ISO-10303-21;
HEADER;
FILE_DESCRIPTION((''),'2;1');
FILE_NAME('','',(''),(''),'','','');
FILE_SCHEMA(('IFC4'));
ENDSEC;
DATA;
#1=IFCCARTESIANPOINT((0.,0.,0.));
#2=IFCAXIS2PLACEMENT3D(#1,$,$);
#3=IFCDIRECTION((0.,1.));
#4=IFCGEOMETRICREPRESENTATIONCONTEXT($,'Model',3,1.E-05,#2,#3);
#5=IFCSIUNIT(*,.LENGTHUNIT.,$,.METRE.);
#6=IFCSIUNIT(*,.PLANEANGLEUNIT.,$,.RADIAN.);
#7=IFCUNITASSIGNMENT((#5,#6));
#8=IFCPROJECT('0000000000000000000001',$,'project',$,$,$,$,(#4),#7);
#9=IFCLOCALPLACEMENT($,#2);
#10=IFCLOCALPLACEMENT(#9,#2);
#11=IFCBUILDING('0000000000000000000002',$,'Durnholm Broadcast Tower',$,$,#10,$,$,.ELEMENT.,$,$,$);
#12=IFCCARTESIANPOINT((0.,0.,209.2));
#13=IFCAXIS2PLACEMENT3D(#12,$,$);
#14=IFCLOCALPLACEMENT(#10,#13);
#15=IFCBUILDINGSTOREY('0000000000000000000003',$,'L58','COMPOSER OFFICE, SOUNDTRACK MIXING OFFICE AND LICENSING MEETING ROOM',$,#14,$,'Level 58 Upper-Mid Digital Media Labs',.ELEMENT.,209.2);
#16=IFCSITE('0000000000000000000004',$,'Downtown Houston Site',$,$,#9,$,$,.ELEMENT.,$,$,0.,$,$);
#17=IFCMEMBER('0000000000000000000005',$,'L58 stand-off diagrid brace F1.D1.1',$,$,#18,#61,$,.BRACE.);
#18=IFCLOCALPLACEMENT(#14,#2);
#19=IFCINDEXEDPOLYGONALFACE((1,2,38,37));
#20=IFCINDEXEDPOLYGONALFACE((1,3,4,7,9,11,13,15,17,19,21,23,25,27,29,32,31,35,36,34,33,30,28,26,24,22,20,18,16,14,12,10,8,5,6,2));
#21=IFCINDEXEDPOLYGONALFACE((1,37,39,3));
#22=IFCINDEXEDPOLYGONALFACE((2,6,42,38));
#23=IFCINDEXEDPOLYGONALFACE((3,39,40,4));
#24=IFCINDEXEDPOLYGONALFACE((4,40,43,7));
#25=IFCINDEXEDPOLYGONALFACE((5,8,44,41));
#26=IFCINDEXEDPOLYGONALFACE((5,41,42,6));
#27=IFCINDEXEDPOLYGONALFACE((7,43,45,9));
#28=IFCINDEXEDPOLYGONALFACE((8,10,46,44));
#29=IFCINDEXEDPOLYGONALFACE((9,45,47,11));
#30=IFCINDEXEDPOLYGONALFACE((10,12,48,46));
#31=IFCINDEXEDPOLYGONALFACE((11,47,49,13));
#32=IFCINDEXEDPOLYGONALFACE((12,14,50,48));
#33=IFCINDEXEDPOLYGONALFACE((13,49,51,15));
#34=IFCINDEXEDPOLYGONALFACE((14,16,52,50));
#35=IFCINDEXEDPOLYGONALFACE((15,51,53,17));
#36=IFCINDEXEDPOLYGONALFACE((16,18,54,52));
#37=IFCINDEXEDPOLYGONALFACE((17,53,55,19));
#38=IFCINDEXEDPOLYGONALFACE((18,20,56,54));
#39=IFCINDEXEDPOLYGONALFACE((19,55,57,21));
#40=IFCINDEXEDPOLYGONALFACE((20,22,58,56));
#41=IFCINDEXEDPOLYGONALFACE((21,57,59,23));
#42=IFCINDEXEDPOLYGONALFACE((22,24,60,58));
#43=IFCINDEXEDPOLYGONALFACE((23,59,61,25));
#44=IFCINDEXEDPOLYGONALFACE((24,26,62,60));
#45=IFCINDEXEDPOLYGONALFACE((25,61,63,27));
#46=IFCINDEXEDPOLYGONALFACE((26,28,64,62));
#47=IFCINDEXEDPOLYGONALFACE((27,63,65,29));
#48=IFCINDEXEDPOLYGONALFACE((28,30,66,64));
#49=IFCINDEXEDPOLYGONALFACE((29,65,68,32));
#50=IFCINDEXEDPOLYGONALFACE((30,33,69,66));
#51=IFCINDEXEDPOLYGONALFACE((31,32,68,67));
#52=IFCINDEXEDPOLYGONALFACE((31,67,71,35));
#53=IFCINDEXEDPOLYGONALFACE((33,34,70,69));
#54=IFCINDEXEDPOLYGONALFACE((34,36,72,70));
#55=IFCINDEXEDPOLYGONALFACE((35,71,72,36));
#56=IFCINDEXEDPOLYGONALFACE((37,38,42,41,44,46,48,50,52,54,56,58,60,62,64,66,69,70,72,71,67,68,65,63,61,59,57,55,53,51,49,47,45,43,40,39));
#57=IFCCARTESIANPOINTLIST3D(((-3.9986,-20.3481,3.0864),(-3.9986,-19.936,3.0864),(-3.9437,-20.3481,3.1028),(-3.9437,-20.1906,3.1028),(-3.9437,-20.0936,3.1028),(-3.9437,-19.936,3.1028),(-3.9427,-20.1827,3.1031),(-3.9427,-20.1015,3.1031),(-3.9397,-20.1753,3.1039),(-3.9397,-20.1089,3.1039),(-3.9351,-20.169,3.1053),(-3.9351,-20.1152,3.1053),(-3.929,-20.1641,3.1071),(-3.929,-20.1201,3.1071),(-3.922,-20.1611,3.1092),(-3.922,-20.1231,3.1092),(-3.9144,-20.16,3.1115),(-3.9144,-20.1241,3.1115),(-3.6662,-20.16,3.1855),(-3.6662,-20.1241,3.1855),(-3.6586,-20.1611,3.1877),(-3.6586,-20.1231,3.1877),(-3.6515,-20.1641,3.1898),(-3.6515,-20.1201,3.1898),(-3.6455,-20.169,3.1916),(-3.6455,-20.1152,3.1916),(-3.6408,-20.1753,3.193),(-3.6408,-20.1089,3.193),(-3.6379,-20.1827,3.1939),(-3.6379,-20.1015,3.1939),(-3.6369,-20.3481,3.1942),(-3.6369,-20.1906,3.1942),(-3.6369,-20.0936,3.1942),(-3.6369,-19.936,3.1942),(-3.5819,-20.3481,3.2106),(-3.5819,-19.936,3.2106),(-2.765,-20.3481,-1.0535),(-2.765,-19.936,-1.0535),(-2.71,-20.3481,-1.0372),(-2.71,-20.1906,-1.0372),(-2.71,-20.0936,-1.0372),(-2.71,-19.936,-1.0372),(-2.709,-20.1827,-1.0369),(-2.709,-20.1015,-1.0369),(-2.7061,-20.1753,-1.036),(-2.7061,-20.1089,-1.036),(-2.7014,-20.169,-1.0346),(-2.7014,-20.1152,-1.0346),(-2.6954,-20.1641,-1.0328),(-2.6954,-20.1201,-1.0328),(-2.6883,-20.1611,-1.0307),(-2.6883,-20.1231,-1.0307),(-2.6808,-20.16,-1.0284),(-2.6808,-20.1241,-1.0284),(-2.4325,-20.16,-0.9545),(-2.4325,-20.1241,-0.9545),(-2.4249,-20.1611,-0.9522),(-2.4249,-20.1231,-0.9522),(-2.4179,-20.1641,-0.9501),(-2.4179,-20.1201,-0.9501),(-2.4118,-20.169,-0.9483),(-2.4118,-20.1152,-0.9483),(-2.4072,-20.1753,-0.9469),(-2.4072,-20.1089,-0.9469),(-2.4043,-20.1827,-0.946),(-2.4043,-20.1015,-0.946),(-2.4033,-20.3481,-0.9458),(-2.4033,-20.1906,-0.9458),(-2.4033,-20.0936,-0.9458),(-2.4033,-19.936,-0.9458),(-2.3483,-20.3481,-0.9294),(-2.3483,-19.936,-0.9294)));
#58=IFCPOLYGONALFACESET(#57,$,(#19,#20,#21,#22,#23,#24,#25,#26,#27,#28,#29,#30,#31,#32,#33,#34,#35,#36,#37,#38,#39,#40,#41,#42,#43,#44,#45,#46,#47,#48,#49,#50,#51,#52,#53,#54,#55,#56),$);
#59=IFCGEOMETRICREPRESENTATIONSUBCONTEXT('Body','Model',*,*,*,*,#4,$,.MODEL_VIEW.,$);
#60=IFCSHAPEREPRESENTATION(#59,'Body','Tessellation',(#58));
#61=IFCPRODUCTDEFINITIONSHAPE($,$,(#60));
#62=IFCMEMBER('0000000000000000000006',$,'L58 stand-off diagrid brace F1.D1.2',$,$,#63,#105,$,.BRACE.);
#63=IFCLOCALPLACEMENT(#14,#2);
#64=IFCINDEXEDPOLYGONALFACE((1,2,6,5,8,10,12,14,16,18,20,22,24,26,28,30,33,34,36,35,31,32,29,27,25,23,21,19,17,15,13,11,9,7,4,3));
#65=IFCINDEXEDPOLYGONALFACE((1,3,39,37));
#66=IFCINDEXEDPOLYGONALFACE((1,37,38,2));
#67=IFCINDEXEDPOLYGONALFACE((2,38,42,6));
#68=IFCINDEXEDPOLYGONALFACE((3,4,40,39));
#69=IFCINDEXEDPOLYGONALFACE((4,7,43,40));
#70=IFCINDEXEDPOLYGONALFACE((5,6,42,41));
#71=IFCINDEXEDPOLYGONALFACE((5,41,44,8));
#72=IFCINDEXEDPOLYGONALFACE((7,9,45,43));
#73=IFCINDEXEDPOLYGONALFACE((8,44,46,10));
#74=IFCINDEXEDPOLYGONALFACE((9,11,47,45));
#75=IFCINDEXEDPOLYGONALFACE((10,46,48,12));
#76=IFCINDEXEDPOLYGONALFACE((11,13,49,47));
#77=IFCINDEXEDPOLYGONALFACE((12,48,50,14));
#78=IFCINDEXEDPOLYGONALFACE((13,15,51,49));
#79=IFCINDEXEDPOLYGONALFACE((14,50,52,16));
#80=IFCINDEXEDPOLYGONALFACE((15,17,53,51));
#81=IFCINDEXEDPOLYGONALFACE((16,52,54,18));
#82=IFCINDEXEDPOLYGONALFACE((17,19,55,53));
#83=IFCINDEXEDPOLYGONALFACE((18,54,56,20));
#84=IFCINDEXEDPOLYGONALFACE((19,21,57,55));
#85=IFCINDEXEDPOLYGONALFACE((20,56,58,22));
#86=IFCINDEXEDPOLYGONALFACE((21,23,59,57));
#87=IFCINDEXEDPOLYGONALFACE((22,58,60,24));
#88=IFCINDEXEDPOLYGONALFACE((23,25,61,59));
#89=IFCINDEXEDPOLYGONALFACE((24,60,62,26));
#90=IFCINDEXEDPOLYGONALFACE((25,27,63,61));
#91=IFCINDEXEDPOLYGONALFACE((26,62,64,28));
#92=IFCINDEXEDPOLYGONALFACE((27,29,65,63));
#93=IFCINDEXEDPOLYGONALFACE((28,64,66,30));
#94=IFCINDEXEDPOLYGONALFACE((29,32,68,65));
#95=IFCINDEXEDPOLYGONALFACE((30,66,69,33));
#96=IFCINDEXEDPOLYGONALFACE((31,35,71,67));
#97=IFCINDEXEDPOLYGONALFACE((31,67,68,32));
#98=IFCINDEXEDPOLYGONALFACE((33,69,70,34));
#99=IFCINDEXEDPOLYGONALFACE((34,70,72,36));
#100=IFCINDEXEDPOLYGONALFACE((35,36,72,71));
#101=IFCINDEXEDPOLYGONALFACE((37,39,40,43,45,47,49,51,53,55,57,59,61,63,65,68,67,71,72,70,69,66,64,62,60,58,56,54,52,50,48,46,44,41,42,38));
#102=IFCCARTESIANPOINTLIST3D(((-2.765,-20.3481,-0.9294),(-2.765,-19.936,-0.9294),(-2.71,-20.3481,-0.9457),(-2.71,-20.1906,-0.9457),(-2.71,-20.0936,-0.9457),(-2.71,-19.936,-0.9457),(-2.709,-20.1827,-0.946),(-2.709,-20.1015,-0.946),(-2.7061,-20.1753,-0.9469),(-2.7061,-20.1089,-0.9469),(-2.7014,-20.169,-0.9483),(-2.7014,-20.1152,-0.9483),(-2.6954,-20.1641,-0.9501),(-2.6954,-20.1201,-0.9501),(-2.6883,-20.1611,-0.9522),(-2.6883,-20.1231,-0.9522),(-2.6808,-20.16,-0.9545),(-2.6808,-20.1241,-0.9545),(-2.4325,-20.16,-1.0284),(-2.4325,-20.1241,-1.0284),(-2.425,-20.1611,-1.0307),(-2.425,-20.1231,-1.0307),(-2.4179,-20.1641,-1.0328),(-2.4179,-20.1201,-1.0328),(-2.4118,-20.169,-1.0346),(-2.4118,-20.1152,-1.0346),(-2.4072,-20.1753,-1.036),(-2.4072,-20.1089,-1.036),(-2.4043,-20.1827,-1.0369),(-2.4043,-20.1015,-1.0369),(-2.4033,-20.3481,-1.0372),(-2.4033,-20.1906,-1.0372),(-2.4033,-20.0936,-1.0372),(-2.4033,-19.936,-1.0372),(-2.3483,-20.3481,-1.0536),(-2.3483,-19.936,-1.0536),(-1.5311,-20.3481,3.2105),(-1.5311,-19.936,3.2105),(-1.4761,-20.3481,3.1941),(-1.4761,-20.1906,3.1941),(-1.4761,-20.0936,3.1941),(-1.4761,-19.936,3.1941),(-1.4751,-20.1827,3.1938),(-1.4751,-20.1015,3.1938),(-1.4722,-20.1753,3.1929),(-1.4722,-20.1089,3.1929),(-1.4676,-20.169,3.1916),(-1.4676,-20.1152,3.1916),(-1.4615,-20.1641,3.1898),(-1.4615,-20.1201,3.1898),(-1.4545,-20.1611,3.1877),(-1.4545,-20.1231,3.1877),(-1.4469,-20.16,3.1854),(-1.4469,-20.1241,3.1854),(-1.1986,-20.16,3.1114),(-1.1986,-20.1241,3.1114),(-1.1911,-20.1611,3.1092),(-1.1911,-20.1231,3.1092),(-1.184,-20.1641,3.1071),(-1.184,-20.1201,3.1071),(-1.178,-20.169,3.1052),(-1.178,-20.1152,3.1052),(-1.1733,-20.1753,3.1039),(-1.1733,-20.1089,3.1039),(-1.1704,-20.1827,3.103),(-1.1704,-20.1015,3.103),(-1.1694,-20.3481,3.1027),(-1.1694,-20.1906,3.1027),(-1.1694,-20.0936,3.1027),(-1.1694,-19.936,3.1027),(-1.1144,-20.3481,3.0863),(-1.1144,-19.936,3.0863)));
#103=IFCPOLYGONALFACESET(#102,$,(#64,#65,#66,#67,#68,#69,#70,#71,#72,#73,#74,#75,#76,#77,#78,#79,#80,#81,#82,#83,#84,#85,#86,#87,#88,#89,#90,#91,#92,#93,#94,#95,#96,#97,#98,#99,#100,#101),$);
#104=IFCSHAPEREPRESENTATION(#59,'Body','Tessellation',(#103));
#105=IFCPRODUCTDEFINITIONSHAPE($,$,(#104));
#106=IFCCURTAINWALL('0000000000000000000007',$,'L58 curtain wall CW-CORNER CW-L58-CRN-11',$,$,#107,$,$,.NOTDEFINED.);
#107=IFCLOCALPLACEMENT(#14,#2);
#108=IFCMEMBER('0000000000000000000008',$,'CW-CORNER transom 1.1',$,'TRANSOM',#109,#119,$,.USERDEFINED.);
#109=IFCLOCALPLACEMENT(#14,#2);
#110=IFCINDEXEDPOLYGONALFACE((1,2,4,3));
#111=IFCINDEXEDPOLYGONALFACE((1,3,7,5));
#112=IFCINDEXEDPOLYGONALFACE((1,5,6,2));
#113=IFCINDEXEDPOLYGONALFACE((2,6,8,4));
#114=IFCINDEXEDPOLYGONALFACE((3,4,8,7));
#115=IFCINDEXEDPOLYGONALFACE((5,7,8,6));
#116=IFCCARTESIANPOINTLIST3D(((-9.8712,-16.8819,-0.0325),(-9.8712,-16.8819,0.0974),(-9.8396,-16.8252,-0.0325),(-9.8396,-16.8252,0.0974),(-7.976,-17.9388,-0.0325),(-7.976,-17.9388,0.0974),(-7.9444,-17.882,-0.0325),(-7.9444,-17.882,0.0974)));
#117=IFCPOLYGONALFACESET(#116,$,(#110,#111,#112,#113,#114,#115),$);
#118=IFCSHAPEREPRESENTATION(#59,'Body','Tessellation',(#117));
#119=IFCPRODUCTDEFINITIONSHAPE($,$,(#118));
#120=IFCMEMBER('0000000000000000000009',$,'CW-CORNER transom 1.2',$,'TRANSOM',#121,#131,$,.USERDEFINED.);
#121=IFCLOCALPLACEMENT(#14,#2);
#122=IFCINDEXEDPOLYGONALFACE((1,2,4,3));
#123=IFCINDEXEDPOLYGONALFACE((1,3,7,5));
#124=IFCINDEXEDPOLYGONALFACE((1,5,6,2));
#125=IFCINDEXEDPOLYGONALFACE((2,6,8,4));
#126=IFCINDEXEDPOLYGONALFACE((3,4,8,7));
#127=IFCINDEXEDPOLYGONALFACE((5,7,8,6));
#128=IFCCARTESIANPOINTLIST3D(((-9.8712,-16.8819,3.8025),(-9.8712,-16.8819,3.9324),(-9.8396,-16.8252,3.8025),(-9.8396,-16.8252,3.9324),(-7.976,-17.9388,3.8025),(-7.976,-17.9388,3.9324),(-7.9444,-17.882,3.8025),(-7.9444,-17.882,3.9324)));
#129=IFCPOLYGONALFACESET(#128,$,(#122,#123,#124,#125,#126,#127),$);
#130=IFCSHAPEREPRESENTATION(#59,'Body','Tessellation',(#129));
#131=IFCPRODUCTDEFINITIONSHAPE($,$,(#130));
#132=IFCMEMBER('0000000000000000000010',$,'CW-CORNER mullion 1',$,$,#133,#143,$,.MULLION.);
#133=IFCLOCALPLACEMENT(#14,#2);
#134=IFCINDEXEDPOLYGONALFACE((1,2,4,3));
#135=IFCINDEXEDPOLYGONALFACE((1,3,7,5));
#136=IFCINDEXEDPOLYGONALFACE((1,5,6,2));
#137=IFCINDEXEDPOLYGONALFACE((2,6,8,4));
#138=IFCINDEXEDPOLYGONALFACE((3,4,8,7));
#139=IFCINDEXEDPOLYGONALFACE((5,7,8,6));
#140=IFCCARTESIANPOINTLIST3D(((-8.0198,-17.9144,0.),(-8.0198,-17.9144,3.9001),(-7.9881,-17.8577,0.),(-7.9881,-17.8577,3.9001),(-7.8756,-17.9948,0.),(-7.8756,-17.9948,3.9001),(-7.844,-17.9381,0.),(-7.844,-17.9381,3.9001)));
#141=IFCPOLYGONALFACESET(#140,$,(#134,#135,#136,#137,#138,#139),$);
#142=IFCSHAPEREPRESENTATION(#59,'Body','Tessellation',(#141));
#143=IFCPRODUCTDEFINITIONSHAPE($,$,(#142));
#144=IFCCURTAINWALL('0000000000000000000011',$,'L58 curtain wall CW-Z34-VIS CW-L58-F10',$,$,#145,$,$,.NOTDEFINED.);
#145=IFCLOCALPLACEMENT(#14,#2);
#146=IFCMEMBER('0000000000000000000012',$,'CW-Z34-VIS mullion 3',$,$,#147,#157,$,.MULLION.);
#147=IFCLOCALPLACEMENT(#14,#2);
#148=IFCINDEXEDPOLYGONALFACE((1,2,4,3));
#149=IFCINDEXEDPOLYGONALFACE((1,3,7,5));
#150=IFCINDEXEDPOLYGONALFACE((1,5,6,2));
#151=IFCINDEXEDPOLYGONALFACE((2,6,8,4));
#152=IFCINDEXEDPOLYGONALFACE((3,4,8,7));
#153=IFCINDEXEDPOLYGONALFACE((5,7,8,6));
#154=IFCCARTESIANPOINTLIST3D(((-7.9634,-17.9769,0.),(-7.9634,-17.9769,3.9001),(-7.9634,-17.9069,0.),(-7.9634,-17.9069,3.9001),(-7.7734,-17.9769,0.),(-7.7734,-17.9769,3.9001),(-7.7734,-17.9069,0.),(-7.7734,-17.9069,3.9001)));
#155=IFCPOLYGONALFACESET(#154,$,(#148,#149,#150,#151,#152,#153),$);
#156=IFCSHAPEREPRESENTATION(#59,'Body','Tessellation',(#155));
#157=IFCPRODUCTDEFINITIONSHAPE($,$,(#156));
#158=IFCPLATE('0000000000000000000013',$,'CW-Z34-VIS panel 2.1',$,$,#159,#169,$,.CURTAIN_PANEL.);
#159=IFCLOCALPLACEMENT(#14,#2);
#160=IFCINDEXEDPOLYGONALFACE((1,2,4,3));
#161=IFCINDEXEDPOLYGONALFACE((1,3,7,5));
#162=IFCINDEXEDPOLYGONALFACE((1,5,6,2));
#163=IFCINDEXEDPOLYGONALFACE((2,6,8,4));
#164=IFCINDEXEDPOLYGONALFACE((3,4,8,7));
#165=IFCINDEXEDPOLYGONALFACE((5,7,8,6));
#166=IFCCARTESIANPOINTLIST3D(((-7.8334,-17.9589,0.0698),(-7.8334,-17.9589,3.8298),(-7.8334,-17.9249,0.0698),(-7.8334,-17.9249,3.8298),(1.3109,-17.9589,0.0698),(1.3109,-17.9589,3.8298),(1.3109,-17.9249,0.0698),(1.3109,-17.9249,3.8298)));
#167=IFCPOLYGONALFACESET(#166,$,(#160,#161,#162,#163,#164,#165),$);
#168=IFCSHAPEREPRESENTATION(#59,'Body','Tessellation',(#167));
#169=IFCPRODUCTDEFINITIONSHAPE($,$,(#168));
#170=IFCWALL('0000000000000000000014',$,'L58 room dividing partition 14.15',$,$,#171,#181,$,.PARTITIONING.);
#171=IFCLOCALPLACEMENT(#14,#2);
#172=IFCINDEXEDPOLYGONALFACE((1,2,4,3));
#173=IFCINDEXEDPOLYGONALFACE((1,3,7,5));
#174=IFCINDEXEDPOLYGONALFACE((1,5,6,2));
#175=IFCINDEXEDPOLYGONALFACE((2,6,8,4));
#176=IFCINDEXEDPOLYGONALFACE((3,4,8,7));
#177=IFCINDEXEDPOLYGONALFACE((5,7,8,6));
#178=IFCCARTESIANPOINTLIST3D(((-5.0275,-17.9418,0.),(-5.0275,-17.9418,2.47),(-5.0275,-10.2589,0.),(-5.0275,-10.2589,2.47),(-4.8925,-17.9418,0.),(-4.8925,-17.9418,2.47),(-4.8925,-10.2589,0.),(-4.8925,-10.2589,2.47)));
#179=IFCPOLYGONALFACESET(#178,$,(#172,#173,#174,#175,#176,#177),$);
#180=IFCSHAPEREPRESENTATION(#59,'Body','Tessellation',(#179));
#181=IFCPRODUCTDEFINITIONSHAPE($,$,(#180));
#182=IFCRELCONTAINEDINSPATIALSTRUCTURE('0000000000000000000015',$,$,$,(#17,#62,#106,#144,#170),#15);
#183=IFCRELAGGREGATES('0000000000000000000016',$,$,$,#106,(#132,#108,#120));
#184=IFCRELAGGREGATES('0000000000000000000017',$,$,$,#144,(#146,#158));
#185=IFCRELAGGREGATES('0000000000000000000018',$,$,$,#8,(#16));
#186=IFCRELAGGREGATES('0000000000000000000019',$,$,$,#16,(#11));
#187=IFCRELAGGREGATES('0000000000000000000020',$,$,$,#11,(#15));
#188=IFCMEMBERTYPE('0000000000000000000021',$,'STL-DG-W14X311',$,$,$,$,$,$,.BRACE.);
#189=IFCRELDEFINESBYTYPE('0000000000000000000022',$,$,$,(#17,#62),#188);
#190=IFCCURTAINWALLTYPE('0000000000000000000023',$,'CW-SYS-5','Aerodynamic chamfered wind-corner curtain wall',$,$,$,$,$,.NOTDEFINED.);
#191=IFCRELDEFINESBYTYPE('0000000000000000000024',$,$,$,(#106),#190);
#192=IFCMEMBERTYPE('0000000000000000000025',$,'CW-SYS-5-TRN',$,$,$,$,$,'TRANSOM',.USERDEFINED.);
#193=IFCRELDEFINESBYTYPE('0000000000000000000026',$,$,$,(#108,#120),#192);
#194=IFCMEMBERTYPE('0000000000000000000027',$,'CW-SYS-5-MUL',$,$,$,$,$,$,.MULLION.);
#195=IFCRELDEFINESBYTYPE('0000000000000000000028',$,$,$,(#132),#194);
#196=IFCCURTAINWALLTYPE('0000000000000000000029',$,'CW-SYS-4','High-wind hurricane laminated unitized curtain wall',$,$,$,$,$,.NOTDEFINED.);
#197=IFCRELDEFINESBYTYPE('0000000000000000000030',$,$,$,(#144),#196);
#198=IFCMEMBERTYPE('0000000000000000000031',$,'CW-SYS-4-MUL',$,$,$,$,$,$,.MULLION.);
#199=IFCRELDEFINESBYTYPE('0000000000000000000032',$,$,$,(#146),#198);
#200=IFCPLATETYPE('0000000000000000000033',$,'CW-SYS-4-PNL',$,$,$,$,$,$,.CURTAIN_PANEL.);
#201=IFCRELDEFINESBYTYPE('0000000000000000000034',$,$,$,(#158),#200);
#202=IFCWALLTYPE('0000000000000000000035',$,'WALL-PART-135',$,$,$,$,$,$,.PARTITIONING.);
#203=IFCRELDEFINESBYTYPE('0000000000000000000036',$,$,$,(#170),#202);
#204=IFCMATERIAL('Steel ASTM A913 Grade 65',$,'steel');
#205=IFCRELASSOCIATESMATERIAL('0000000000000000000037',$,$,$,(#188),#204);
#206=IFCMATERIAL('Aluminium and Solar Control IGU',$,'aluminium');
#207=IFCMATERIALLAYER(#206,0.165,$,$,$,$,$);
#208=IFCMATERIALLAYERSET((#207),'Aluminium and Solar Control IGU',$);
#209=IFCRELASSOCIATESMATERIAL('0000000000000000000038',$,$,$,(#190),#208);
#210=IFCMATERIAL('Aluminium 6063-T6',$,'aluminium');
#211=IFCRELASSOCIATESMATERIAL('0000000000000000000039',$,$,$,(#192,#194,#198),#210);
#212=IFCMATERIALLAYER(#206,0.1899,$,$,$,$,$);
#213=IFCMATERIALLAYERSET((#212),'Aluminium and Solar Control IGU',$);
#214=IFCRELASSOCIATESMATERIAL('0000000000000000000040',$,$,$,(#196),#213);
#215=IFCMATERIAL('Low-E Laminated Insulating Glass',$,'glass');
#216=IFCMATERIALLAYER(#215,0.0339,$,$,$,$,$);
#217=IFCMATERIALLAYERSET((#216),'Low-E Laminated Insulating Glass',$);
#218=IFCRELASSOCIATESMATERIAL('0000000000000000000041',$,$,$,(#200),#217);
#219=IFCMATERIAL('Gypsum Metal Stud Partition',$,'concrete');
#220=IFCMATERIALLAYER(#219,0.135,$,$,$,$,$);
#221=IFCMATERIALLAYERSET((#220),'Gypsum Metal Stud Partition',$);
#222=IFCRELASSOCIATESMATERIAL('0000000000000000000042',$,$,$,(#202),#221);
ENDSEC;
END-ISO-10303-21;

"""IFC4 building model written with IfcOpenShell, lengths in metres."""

from ifc_helpers import new_model, si_unit, direction, frame, frame_2d, origin, origin_2d, place, context, subcontext, project, spatial, rectangle, i_section, extrude, source, transform, mapped, material, layer, layer_set, material_profile, profile_set, type_object, type_shapes, element, aggregate, save


model = new_model("IFC4")

# Units and contexts
model_context = context("Model", 3, precision=1e-05, world=origin(), true_north=direction((0.0, 1.0)))
body_context = subcontext(model_context, "Body", "Model", "MODEL_VIEW")
ifc_project = project(units=[si_unit("LENGTHUNIT", "METRE"), si_unit("PLANEANGLEUNIT", "RADIAN")], contexts=[model_context])

# Site, building, storey
site_placement = place(None, origin())
site = spatial("IfcSite", under=ifc_project, at=site_placement, Name="Downtown Houston Site", CompositionType="ELEMENT", RefElevation=0.0)
building_placement = place(site_placement, origin())
building = spatial("IfcBuilding", under=site, at=building_placement, Name="Durnholm Broadcast Tower", CompositionType="ELEMENT")
storey_placement = place(building_placement, frame((0.0, 0.0, 209.2)))
storey = spatial("IfcBuildingStorey", under=building, at=storey_placement, Name="L58", Description="COMPOSER OFFICE, SOUNDTRACK MIXING OFFICE AND LICENSING MEETING ROOM", LongName="Level 58 Upper-Mid Digital Media Labs", CompositionType="ELEMENT", Elevation=209.2)

# Members
ifc_material_1 = material(Name="Steel ASTM A913 Grade 65", Category="steel")
ifc_material_profile_1 = material_profile(ifc_material_1, i_section(OverallWidth=0.4121, OverallDepth=0.4348, WebThickness=0.0359, FlangeThickness=0.0574, FilletRadius=0.0305, at=origin_2d()), Name="W14X311")
ifc_profile_set_1 = profile_set([ifc_material_profile_1], Name="Steel ASTM A913 Grade 65")
member_type_1 = type_object("IfcMemberType", Name="STL-DG-W14X311", PredefinedType="BRACE", material=ifc_profile_set_1)
shared_shape_1 = source(origin(), body_context, "Body", "SweptSolid", [
    extrude(i_section(OverallWidth=0.4121, OverallDepth=0.4348, WebThickness=0.0359, FlangeThickness=0.0574, FilletRadius=0.0305, at=origin_2d()), origin(), (0.0, 0.0, 1.0), 4.3198),
])
type_shapes(member_type_1, [shared_shape_1])
for number, where, z_axis, x_axis, name in (
    (1, (-2.5566, -20.1421, -0.9915), (-0.285579, 0.0, 0.958355), (0.0, -1.0, 0.0), "L58 stand-off diagrid brace F1.D1.1"),
    (2, (-2.5566, -20.1421, -0.9915), (0.285631, 0.0, 0.95834), (0.0, 1.0, 0.0), "L58 stand-off diagrid brace F1.D1.2"),
):
    element("IfcMember", number, at=place(storey_placement, frame(where, z_axis=z_axis, x_axis=x_axis)), inside=storey, type_object=member_type_1, Name=name, PredefinedType="BRACE", context=body_context, shape_type="MappedRepresentation", body=[
        mapped(shared_shape_1, transform((0.0, 0.0, 0.0), x_axis=(1.0, 0.0, 0.0), y_axis=(0.0, 1.0, 0.0), z_axis=(0.0, 0.0, 1.0), scale=1.0)),
    ])

# Curtain wall, members
ifc_material_2 = material(Name="Aluminium and Solar Control IGU", Category="aluminium")
ifc_layer_1 = layer(ifc_material_2, 0.165)
ifc_layer_set_1 = layer_set([ifc_layer_1], Name="Aluminium and Solar Control IGU")
curtain_wall_type_1 = type_object("IfcCurtainWallType", Name="CW-SYS-5", Description="Aerodynamic chamfered wind-corner curtain wall", PredefinedType="NOTDEFINED", material=ifc_layer_set_1)
curtain_wall_1_placement = place(storey_placement, origin())
curtain_wall_1 = element("IfcCurtainWall", 3, at=curtain_wall_1_placement, inside=storey, type_object=curtain_wall_type_1, Name="L58 curtain wall CW-CORNER CW-L58-CRN-11", PredefinedType="NOTDEFINED")
ifc_material_3 = material(Name="Aluminium 6063-T6", Category="aluminium")
ifc_material_profile_2 = material_profile(ifc_material_3, rectangle(XDim=0.0649, YDim=0.1299, at=origin_2d()), Name="CWT65X130")
ifc_profile_set_2 = profile_set([ifc_material_profile_2], Name="Aluminium 6063-T6")
member_type_2 = type_object("IfcMemberType", Name="CW-SYS-5-TRN", ElementType="TRANSOM", PredefinedType="USERDEFINED", material=ifc_profile_set_2)
shared_shape_2 = source(origin(), body_context, "Body", "SweptSolid", [
    extrude(rectangle(XDim=0.0649, YDim=0.1299, at=origin_2d()), origin(), (0.0, 0.0, 1.0), 2.1699),
])
type_shapes(member_type_2, [shared_shape_2])
member_1_placement = place(storey_placement, frame((-7.9602, -17.9104, 0.0325), z_axis=(-0.873381, 0.487037, 0.0), x_axis=(-0.487037, -0.873381, 0.0)))
member_1 = element("IfcMember", 4, at=member_1_placement, type_object=member_type_2, Name="CW-CORNER transom 1.1", ObjectType="TRANSOM", PredefinedType="USERDEFINED", context=body_context, shape_type="MappedRepresentation", body=[
    mapped(shared_shape_2, transform((0.0, 0.0, 0.0), x_axis=(1.0, 0.0, 0.0), y_axis=(0.0, 1.0, 0.0), z_axis=(0.0, 0.0, 1.0), scale=1.0)),
])
member_2_placement = place(storey_placement, frame((-7.9602, -17.9104, 3.8674), z_axis=(-0.873381, 0.487037, 0.0), x_axis=(-0.487037, -0.873381, 0.0)))
member_2 = element("IfcMember", 5, at=member_2_placement, type_object=member_type_2, Name="CW-CORNER transom 1.2", ObjectType="TRANSOM", PredefinedType="USERDEFINED", context=body_context, shape_type="MappedRepresentation", body=[
    mapped(shared_shape_2, transform((0.0, 0.0, 0.0), x_axis=(1.0, 0.0, 0.0), y_axis=(0.0, 1.0, 0.0), z_axis=(0.0, 0.0, 1.0), scale=1.0)),
])
ifc_material_profile_3 = material_profile(ifc_material_3, rectangle(XDim=0.0649, YDim=0.165, at=origin_2d()), Name="CWM65X165")
ifc_profile_set_3 = profile_set([ifc_material_profile_3], Name="Aluminium 6063-T6")
member_type_3 = type_object("IfcMemberType", Name="CW-SYS-5-MUL", PredefinedType="MULLION", material=ifc_profile_set_3)
shared_shape_3 = source(origin(), body_context, "Body", "SweptSolid", [
    extrude(rectangle(XDim=0.0649, YDim=0.165, at=origin_2d()), origin(), (0.0, 0.0, 1.0), 3.9001),
])
type_shapes(member_type_3, [shared_shape_3])
member_3_placement = place(storey_placement, frame((-7.9319, -17.9263, 0.0), z_axis=(0.0, 0.0, 1.0), x_axis=(-0.486986, -0.87341, 0.0)))
member_3 = element("IfcMember", 6, at=member_3_placement, type_object=member_type_3, Name="CW-CORNER mullion 1", PredefinedType="MULLION", context=body_context, shape_type="MappedRepresentation", body=[
    mapped(shared_shape_3, transform((0.0, 0.0, 0.0), x_axis=(1.0, 0.0, 0.0), y_axis=(0.0, 1.0, 0.0), z_axis=(0.0, 0.0, 1.0), scale=1.0)),
])
aggregate(curtain_wall_1, [member_3, member_1, member_2])

# Curtain wall, member, plate
ifc_layer_2 = layer(ifc_material_2, 0.1899)
ifc_layer_set_2 = layer_set([ifc_layer_2], Name="Aluminium and Solar Control IGU")
curtain_wall_type_2 = type_object("IfcCurtainWallType", Name="CW-SYS-4", Description="High-wind hurricane laminated unitized curtain wall", PredefinedType="NOTDEFINED", material=ifc_layer_set_2)
curtain_wall_2_placement = place(storey_placement, origin())
curtain_wall_2 = element("IfcCurtainWall", 7, at=curtain_wall_2_placement, inside=storey, type_object=curtain_wall_type_2, Name="L58 curtain wall CW-Z34-VIS CW-L58-F10", PredefinedType="NOTDEFINED")
ifc_material_profile_4 = material_profile(ifc_material_3, rectangle(XDim=0.0701, YDim=0.1899, at=origin_2d()), Name="CWM70X190")
ifc_profile_set_4 = profile_set([ifc_material_profile_4], Name="Aluminium 6063-T6")
member_type_4 = type_object("IfcMemberType", Name="CW-SYS-4-MUL", PredefinedType="MULLION", material=ifc_profile_set_4)
shared_shape_4 = source(origin(), body_context, "Body", "SweptSolid", [
    extrude(rectangle(XDim=0.0701, YDim=0.1899, at=origin_2d()), origin(), (0.0, 0.0, 1.0), 3.9001),
])
type_shapes(member_type_4, [shared_shape_4])
member_4_placement = place(storey_placement, frame((-7.8684, -17.9419, 0.0), z_axis=(0.0, 0.0, 1.0), x_axis=(0.0, -1.0, 0.0)))
member_4 = element("IfcMember", 8, at=member_4_placement, type_object=member_type_4, Name="CW-Z34-VIS mullion 3", PredefinedType="MULLION", context=body_context, shape_type="MappedRepresentation", body=[
    mapped(shared_shape_4, transform((0.0, 0.0, 0.0), x_axis=(1.0, 0.0, 0.0), y_axis=(0.0, 1.0, 0.0), z_axis=(0.0, 0.0, 1.0), scale=1.0)),
])
ifc_material_4 = material(Name="Low-E Laminated Insulating Glass", Category="glass")
ifc_layer_3 = layer(ifc_material_4, 0.0339)
ifc_layer_set_3 = layer_set([ifc_layer_3], Name="Low-E Laminated Insulating Glass")
plate_type = type_object("IfcPlateType", Name="CW-SYS-4-PNL", PredefinedType="CURTAIN_PANEL", material=ifc_layer_set_3)
shared_shape_5 = source(origin(), body_context, "Body", "SweptSolid", [
    extrude(rectangle(XDim=9.1443, YDim=0.0339, at=origin_2d()), origin(), (0.0, 0.0, 1.0), 3.76),
])
type_shapes(plate_type, [shared_shape_5])
plate_placement = place(storey_placement, frame((-3.2612, -17.9419, 0.0698), z_axis=(0.0, 0.0, 1.0), x_axis=(-1.0, 0.0, 0.0)))
plate = element("IfcPlate", 9, at=plate_placement, type_object=plate_type, Name="CW-Z34-VIS panel 2.1", PredefinedType="CURTAIN_PANEL", context=body_context, shape_type="MappedRepresentation", body=[
    mapped(shared_shape_5, transform((0.0, 0.0, 0.0), x_axis=(1.0, 0.0, 0.0), y_axis=(0.0, 1.0, 0.0), z_axis=(0.0, 0.0, 1.0), scale=1.0)),
])
aggregate(curtain_wall_2, [member_4, plate])

# Wall
ifc_material_5 = material(Name="Gypsum Metal Stud Partition", Category="concrete")
ifc_layer_4 = layer(ifc_material_5, 0.135)
ifc_layer_set_4 = layer_set([ifc_layer_4], Name="Gypsum Metal Stud Partition")
wall_type_1 = type_object("IfcWallType", Name="WALL-PART-135", PredefinedType="PARTITIONING", material=ifc_layer_set_4)
wall_1_placement = place(storey_placement, frame((-4.96, -10.259, 0.0), z_axis=(0.0, 0.0, 1.0), x_axis=(0.0, -1.0, 0.0)))
element("IfcWall", 10, at=wall_1_placement, inside=storey, type_object=wall_type_1, Name="L58 room dividing partition 14.15", PredefinedType="PARTITIONING", context=body_context, shape_type="SweptSolid", body=[
    extrude(rectangle(XDim=7.6829, YDim=0.135, at=frame_2d((3.8413, 0.0))), origin(), (0.0, 0.0, 1.0), 2.47),
])

save(model, "model.ifc")
